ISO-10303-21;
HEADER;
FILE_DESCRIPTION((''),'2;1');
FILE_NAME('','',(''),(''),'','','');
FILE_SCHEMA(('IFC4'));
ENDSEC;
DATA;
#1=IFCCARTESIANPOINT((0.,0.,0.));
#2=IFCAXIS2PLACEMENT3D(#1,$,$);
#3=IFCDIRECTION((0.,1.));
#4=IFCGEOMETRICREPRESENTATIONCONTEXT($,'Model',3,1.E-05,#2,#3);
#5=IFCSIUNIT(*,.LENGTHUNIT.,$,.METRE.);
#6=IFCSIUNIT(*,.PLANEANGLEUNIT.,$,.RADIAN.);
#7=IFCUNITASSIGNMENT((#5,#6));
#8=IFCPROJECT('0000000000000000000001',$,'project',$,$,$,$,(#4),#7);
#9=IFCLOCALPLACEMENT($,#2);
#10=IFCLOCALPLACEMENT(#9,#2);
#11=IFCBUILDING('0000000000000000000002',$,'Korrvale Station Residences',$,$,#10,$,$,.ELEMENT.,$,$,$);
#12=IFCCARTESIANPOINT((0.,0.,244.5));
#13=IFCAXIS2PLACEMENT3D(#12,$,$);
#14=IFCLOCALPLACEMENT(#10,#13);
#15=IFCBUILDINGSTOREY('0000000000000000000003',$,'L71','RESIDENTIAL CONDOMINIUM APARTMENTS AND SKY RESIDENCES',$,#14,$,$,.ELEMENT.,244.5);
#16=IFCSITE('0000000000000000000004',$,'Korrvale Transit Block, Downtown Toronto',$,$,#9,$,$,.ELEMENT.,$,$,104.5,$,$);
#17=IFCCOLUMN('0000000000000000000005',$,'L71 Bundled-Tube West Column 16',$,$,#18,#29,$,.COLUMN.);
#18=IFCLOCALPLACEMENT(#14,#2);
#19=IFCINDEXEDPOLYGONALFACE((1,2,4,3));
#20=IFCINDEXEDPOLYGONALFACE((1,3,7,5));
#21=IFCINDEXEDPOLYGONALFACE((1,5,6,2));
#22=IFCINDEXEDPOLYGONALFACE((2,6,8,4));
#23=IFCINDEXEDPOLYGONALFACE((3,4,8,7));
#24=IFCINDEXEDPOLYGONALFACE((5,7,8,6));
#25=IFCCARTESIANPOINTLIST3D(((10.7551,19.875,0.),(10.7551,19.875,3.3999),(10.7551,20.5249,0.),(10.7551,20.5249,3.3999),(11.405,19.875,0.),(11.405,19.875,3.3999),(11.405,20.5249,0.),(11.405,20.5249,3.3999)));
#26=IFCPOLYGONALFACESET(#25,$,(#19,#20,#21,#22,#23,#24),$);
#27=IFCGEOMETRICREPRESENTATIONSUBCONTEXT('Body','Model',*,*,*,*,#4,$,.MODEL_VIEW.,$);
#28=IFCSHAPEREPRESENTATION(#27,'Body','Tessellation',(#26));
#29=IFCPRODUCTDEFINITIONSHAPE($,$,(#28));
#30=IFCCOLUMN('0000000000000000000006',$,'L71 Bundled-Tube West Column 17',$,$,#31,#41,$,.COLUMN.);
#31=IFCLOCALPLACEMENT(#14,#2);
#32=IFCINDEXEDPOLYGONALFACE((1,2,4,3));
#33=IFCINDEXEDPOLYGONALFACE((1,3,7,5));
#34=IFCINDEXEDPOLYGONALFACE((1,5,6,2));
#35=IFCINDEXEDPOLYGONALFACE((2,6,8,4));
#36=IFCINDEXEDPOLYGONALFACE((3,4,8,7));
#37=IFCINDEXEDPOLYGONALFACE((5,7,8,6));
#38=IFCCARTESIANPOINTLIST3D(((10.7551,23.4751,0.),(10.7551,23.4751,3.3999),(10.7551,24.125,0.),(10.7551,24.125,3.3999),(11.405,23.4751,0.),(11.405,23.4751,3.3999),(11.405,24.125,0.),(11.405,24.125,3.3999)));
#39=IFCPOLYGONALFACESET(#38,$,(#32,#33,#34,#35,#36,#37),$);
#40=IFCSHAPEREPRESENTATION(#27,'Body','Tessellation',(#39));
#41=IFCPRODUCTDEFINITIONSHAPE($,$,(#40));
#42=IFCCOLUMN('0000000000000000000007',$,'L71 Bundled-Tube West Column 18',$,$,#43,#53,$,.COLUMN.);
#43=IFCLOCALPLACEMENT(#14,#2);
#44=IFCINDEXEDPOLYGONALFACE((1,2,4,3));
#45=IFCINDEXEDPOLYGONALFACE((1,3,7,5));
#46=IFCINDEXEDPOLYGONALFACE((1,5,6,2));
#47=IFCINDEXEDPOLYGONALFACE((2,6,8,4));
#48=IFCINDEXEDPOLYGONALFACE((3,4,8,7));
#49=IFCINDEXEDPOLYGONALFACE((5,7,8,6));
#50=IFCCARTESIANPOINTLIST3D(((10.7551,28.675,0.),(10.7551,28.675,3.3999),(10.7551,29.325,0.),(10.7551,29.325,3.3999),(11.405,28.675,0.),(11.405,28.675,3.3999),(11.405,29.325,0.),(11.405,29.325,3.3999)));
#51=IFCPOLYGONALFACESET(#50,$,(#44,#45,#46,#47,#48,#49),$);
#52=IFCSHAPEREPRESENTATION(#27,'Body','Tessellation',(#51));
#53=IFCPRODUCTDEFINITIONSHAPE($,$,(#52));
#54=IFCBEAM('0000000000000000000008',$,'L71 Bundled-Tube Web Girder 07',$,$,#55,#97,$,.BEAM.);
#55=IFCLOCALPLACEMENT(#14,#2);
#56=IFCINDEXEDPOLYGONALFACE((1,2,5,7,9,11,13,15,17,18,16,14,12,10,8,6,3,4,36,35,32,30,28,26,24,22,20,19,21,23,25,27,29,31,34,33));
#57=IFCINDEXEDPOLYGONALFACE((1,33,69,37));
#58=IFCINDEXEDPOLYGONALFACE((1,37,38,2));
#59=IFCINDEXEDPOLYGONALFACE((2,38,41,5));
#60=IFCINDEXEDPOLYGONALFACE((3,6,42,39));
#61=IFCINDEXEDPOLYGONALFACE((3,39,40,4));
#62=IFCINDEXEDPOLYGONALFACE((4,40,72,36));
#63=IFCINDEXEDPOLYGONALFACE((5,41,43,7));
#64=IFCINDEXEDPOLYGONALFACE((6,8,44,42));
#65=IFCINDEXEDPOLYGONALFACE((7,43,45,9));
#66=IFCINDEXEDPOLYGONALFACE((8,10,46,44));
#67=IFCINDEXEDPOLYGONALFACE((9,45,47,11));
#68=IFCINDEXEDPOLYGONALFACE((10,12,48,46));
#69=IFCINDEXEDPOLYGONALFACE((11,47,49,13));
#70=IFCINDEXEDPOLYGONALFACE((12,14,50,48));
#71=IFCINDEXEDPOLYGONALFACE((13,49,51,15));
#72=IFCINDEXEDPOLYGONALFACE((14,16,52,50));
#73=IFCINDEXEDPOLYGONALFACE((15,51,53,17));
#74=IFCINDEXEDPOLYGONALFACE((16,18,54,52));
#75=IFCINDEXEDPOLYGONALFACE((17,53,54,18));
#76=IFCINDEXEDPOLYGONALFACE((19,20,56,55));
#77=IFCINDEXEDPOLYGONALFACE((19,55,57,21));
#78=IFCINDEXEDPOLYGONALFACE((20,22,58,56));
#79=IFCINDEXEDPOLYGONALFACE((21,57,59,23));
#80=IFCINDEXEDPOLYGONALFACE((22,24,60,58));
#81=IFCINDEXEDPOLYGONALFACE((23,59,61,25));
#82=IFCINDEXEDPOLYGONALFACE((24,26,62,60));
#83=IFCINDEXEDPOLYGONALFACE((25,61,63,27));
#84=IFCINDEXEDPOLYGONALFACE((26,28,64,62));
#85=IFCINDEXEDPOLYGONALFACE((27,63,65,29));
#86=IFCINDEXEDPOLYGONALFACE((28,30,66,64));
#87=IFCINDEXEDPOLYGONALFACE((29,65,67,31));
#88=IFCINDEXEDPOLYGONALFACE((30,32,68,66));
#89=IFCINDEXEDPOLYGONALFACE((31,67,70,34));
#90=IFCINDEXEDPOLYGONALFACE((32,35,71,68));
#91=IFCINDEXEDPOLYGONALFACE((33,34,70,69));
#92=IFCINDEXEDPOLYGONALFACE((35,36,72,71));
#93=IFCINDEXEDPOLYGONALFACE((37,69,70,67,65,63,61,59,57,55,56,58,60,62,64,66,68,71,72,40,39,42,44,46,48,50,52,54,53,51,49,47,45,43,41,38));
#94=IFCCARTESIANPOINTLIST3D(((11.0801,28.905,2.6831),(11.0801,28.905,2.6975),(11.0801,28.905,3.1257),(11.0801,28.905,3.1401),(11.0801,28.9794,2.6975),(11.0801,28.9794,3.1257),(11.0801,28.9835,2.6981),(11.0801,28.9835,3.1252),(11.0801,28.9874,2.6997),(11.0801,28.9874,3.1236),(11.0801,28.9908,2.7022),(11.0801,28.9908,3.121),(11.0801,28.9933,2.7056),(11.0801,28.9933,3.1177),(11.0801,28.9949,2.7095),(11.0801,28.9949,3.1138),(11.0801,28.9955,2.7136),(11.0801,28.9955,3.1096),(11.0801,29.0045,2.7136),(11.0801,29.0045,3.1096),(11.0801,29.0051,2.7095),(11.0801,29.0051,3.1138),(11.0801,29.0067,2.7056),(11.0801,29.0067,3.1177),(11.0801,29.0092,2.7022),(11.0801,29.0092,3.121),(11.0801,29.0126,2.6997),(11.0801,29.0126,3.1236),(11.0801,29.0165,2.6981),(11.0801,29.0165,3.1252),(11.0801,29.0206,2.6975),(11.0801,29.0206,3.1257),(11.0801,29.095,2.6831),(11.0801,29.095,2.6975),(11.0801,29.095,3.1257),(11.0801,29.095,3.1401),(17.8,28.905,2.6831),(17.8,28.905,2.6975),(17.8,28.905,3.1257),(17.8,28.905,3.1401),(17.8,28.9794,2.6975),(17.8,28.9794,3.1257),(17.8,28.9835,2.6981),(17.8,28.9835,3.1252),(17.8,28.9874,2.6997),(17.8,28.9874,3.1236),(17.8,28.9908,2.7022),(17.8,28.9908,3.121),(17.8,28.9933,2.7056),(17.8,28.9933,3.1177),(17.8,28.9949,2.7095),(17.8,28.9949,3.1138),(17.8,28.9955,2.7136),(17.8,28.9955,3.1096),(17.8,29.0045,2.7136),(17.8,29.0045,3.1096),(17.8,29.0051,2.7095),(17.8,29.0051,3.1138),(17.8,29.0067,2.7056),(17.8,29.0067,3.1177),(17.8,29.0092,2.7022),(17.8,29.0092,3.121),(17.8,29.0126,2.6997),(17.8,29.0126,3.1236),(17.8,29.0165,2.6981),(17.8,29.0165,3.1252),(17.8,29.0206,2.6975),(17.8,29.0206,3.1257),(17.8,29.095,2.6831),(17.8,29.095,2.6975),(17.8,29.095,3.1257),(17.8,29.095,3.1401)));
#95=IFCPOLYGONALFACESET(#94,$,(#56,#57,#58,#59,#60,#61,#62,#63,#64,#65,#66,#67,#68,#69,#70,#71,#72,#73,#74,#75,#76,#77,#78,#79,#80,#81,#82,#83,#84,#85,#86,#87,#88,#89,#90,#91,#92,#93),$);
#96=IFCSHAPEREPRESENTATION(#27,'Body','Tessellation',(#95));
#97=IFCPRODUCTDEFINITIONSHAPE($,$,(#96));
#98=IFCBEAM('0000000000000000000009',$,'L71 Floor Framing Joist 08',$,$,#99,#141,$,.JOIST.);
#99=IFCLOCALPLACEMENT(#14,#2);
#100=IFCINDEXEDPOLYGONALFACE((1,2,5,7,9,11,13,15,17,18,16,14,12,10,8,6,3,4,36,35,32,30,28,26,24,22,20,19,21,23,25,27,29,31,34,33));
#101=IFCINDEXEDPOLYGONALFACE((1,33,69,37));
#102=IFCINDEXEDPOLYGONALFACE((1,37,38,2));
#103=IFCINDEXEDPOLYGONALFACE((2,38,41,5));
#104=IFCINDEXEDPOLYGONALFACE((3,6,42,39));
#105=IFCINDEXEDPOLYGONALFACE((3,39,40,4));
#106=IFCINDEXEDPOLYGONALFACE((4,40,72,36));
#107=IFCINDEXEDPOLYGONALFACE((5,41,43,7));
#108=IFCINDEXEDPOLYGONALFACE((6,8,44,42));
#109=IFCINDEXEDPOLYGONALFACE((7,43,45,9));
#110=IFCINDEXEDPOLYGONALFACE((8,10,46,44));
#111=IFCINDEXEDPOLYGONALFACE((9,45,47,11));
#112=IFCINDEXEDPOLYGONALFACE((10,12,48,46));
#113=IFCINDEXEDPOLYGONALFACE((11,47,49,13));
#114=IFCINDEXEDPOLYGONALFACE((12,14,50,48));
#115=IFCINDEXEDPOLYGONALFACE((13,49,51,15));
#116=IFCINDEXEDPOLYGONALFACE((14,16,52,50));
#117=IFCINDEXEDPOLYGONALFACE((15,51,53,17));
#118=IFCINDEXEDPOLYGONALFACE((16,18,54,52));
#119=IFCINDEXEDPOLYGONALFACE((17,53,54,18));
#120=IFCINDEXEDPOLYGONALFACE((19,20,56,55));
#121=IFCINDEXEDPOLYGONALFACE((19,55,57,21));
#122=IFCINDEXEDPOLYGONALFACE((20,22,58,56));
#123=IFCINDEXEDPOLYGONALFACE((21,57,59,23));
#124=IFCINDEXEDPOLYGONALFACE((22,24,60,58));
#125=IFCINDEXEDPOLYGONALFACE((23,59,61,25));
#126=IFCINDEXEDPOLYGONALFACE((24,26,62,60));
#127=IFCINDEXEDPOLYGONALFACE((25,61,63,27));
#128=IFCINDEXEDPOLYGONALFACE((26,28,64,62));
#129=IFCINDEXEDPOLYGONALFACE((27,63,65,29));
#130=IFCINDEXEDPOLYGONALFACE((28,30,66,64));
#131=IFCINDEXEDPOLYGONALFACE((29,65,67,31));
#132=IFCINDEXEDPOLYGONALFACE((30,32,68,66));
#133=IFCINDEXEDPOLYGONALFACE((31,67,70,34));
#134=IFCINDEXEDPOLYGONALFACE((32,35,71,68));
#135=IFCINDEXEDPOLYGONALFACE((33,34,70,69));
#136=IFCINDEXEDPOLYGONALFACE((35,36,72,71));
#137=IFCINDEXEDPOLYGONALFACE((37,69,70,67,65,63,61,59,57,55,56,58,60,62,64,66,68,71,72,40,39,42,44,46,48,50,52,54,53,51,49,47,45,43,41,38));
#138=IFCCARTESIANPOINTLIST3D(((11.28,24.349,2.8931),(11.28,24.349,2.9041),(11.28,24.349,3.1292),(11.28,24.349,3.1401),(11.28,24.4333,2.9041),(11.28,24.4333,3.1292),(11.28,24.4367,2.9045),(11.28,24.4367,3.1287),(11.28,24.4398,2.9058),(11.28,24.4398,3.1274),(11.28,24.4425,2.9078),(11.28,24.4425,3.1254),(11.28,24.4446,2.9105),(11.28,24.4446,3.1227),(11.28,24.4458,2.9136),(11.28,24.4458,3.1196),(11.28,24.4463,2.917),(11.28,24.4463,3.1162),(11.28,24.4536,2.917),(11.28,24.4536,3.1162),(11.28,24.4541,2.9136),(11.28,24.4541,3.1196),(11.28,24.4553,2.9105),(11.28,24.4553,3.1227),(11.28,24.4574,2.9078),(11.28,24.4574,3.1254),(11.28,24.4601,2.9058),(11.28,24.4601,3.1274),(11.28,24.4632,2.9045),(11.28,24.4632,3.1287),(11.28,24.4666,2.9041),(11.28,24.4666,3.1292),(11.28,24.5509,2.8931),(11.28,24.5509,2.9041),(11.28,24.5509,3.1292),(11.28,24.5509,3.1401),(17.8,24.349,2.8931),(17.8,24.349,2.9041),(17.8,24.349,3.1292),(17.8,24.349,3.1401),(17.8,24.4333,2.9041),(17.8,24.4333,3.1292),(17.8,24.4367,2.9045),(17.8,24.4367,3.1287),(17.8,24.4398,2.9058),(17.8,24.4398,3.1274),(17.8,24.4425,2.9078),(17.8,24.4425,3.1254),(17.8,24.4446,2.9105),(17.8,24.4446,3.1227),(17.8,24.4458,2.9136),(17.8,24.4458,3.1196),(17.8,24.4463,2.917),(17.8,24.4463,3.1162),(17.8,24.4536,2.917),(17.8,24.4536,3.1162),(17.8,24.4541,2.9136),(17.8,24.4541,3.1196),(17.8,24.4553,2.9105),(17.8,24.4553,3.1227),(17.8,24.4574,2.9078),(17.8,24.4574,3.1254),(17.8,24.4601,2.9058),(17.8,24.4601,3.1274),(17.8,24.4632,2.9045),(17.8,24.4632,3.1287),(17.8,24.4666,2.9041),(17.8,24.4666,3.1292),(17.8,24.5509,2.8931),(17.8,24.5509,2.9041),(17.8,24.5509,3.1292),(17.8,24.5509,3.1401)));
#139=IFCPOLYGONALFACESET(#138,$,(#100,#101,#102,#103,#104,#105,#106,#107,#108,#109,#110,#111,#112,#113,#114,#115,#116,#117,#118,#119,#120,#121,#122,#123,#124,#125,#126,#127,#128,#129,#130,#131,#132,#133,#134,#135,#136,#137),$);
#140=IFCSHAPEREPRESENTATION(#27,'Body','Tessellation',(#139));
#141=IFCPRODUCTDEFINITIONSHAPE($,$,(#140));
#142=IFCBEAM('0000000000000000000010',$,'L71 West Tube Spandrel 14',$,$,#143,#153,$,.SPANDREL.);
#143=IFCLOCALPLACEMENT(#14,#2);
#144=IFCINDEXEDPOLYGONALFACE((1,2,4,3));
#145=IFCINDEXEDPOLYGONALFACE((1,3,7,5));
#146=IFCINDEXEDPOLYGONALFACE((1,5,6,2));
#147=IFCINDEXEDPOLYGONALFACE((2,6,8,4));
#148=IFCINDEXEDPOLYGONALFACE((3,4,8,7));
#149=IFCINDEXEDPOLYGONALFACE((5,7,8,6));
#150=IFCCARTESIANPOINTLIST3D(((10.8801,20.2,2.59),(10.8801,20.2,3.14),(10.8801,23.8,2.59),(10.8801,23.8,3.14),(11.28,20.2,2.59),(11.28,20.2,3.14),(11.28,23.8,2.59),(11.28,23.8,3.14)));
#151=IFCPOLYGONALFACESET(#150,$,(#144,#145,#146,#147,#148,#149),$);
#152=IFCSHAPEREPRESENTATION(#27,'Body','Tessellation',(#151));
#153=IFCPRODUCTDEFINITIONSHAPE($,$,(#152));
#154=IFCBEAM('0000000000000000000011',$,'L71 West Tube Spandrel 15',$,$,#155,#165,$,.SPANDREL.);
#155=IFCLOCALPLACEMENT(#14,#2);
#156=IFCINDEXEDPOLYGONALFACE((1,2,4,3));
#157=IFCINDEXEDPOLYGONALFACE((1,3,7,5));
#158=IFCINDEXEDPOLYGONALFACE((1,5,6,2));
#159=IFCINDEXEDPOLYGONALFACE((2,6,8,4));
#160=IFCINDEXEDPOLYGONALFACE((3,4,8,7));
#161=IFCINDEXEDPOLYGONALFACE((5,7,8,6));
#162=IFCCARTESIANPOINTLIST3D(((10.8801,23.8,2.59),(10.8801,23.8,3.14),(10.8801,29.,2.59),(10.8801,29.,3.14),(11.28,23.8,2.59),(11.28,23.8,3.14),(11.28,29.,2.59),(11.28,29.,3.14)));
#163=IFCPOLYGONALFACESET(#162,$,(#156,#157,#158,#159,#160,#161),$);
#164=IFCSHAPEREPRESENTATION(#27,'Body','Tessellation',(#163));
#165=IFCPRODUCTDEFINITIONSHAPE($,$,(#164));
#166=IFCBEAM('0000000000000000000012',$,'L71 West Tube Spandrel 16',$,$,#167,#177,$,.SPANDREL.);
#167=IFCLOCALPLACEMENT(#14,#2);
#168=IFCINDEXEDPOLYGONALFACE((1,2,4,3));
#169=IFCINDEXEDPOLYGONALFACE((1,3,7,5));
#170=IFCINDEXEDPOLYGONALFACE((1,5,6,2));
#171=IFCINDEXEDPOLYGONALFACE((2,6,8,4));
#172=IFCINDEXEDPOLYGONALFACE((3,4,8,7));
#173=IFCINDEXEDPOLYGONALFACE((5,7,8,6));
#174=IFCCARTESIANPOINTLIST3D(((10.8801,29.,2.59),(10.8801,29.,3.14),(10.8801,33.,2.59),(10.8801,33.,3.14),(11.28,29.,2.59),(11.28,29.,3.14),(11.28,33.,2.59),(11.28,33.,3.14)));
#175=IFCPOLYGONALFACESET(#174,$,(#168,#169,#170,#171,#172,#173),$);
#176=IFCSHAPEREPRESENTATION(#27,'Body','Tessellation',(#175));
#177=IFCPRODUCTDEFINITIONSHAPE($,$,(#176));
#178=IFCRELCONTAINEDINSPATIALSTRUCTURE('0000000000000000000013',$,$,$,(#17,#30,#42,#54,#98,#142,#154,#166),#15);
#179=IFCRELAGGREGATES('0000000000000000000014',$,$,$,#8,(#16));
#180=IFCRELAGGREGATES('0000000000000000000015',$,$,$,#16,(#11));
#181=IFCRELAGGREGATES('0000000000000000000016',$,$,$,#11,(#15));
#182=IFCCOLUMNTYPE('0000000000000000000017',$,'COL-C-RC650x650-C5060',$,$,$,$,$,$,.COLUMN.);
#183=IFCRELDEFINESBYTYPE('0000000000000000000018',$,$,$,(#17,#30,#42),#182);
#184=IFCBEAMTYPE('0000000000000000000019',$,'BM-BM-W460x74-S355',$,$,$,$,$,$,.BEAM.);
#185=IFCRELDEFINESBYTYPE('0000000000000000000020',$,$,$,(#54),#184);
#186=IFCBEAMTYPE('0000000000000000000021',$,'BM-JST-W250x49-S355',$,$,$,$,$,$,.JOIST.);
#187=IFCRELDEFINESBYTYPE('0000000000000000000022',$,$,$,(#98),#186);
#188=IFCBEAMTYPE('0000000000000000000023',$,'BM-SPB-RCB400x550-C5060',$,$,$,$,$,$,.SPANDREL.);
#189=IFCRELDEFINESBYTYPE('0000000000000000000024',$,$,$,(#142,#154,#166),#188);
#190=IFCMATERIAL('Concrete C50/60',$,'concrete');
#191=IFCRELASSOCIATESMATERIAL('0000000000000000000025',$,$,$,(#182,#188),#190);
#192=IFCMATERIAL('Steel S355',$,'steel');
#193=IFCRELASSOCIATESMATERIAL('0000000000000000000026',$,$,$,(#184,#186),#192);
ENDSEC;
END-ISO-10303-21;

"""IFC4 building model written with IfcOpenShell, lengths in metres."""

from ifc_helpers import new_model, si_unit, direction, frame, origin, origin_2d, place, context, subcontext, project, spatial, rectangle, i_section, extrude, material, material_profile, profile_set, type_object, element, save


model = new_model("IFC4")

# Units and contexts
model_context = context("Model", 3, precision=1e-05, world=origin(), true_north=direction((0.0, 1.0)))
body_context = subcontext(model_context, "Body", "Model", "MODEL_VIEW")
ifc_project = project(units=[si_unit("LENGTHUNIT", "METRE"), si_unit("PLANEANGLEUNIT", "RADIAN")], contexts=[model_context])

# Site, building, storey
site_placement = place(None, origin())
site = spatial("IfcSite", under=ifc_project, at=site_placement, Name="Korrvale Transit Block, Downtown Toronto", CompositionType="ELEMENT", RefElevation=104.5)
building_placement = place(site_placement, origin())
building = spatial("IfcBuilding", under=site, at=building_placement, Name="Korrvale Station Residences", CompositionType="ELEMENT")
storey_placement = place(building_placement, frame((0.0, 0.0, 244.5)))
storey = spatial("IfcBuildingStorey", under=building, at=storey_placement, Name="L71", Description="RESIDENTIAL CONDOMINIUM APARTMENTS AND SKY RESIDENCES", CompositionType="ELEMENT", Elevation=244.5)

# Columns
ifc_material_1 = material(Name="Concrete C50/60", Category="concrete")
ifc_material_profile_1 = material_profile(ifc_material_1, rectangle(XDim=0.6499, YDim=0.6499, at=origin_2d()), Name="RC650x650")
ifc_profile_set_1 = profile_set([ifc_material_profile_1], Name="Concrete C50/60")
column_type = type_object("IfcColumnType", Name="COL-C-RC650x650-C5060", PredefinedType="COLUMN", material=ifc_profile_set_1)
for number, where, z_axis, x_axis, name in (
    (1, (11.0801, 20.2, 0.0), (0.0, 0.0, 1.0), (1.0, 0.0, 0.0), "L71 Bundled-Tube West Column 16"),
    (2, (11.0801, 23.8, 0.0), (0.0, 0.0, 1.0), (1.0, 0.0, 0.0), "L71 Bundled-Tube West Column 17"),
    (3, (11.0801, 29.0, 0.0), (0.0, 0.0, 1.0), (1.0, 0.0, 0.0), "L71 Bundled-Tube West Column 18"),
):
    element("IfcColumn", number, at=place(storey_placement, frame(where, z_axis=z_axis, x_axis=x_axis)), inside=storey, type_object=column_type, Name=name, PredefinedType="COLUMN", context=body_context, shape_type="SweptSolid", body=[
        extrude(rectangle(XDim=0.6499, YDim=0.6499, at=origin_2d()), origin(), (0.0, 0.0, 1.0), 3.3999),
    ])

# Beams
ifc_material_2 = material(Name="Steel S355", Category="steel")
ifc_material_profile_2 = material_profile(ifc_material_2, i_section(OverallWidth=0.1899, OverallDepth=0.457, WebThickness=0.009, FlangeThickness=0.0144, FilletRadius=0.0161, at=origin_2d()), Name="W460x74")
ifc_profile_set_2 = profile_set([ifc_material_profile_2], Name="Steel S355")
beam_type_1 = type_object("IfcBeamType", Name="BM-BM-W460x74-S355", PredefinedType="BEAM", material=ifc_profile_set_2)
beam_1_placement = place(storey_placement, frame((11.0801, 29.0, 2.9116), z_axis=(1.0, 0.0, 0.0), x_axis=(0.0, 1.0, 0.0)))
element("IfcBeam", 4, at=beam_1_placement, inside=storey, type_object=beam_type_1, Name="L71 Bundled-Tube Web Girder 07", PredefinedType="BEAM", context=body_context, shape_type="SweptSolid", body=[
    extrude(i_section(OverallWidth=0.1899, OverallDepth=0.457, WebThickness=0.009, FlangeThickness=0.0144, FilletRadius=0.0161, at=origin_2d()), origin(), (0.0, 0.0, 1.0), 6.72),
])
ifc_material_profile_3 = material_profile(ifc_material_2, i_section(OverallWidth=0.2019, OverallDepth=0.2471, WebThickness=0.0073, FlangeThickness=0.011, FilletRadius=0.0129, at=origin_2d()), Name="W250x49")
ifc_profile_set_3 = profile_set([ifc_material_profile_3], Name="Steel S355")
beam_type_2 = type_object("IfcBeamType", Name="BM-JST-W250x49-S355", PredefinedType="JOIST", material=ifc_profile_set_3)
beam_2_placement = place(storey_placement, frame((11.28, 24.45, 3.0166), z_axis=(1.0, 0.0, 0.0), x_axis=(0.0, 1.0, 0.0)))
element("IfcBeam", 5, at=beam_2_placement, inside=storey, type_object=beam_type_2, Name="L71 Floor Framing Joist 08", PredefinedType="JOIST", context=body_context, shape_type="SweptSolid", body=[
    extrude(i_section(OverallWidth=0.2019, OverallDepth=0.2471, WebThickness=0.0073, FlangeThickness=0.011, FilletRadius=0.0129, at=origin_2d()), origin(), (0.0, 0.0, 1.0), 6.52),
])
ifc_material_profile_4 = material_profile(ifc_material_1, rectangle(XDim=0.3999, YDim=0.55, at=origin_2d()), Name="RCB400x550")
ifc_profile_set_4 = profile_set([ifc_material_profile_4], Name="Concrete C50/60")
beam_type_3 = type_object("IfcBeamType", Name="BM-SPB-RCB400x550-C5060", PredefinedType="SPANDREL", material=ifc_profile_set_4)
beam_3_placement = place(storey_placement, frame((11.0801, 20.2, 2.865), z_axis=(0.0, 1.0, 0.0), x_axis=(-1.0, 0.0, 0.0)))
element("IfcBeam", 6, at=beam_3_placement, inside=storey, type_object=beam_type_3, Name="L71 West Tube Spandrel 14", PredefinedType="SPANDREL", context=body_context, shape_type="SweptSolid", body=[
    extrude(rectangle(XDim=0.3999, YDim=0.55, at=origin_2d()), origin(), (0.0, 0.0, 1.0), 3.6001),
])
beam_4_placement = place(storey_placement, frame((11.0801, 23.8, 2.865), z_axis=(0.0, 1.0, 0.0), x_axis=(-1.0, 0.0, 0.0)))
element("IfcBeam", 7, at=beam_4_placement, inside=storey, type_object=beam_type_3, Name="L71 West Tube Spandrel 15", PredefinedType="SPANDREL", context=body_context, shape_type="SweptSolid", body=[
    extrude(rectangle(XDim=0.3999, YDim=0.55, at=origin_2d()), origin(), (0.0, 0.0, 1.0), 5.2),
])
beam_5_placement = place(storey_placement, frame((11.0801, 29.0, 2.865), z_axis=(0.0, 1.0, 0.0), x_axis=(-1.0, 0.0, 0.0)))
element("IfcBeam", 8, at=beam_5_placement, inside=storey, type_object=beam_type_3, Name="L71 West Tube Spandrel 16", PredefinedType="SPANDREL", context=body_context, shape_type="SweptSolid", body=[
    extrude(rectangle(XDim=0.3999, YDim=0.55, at=origin_2d()), origin(), (0.0, 0.0, 1.0), 4.0),
])

save(model, "model.ifc")
